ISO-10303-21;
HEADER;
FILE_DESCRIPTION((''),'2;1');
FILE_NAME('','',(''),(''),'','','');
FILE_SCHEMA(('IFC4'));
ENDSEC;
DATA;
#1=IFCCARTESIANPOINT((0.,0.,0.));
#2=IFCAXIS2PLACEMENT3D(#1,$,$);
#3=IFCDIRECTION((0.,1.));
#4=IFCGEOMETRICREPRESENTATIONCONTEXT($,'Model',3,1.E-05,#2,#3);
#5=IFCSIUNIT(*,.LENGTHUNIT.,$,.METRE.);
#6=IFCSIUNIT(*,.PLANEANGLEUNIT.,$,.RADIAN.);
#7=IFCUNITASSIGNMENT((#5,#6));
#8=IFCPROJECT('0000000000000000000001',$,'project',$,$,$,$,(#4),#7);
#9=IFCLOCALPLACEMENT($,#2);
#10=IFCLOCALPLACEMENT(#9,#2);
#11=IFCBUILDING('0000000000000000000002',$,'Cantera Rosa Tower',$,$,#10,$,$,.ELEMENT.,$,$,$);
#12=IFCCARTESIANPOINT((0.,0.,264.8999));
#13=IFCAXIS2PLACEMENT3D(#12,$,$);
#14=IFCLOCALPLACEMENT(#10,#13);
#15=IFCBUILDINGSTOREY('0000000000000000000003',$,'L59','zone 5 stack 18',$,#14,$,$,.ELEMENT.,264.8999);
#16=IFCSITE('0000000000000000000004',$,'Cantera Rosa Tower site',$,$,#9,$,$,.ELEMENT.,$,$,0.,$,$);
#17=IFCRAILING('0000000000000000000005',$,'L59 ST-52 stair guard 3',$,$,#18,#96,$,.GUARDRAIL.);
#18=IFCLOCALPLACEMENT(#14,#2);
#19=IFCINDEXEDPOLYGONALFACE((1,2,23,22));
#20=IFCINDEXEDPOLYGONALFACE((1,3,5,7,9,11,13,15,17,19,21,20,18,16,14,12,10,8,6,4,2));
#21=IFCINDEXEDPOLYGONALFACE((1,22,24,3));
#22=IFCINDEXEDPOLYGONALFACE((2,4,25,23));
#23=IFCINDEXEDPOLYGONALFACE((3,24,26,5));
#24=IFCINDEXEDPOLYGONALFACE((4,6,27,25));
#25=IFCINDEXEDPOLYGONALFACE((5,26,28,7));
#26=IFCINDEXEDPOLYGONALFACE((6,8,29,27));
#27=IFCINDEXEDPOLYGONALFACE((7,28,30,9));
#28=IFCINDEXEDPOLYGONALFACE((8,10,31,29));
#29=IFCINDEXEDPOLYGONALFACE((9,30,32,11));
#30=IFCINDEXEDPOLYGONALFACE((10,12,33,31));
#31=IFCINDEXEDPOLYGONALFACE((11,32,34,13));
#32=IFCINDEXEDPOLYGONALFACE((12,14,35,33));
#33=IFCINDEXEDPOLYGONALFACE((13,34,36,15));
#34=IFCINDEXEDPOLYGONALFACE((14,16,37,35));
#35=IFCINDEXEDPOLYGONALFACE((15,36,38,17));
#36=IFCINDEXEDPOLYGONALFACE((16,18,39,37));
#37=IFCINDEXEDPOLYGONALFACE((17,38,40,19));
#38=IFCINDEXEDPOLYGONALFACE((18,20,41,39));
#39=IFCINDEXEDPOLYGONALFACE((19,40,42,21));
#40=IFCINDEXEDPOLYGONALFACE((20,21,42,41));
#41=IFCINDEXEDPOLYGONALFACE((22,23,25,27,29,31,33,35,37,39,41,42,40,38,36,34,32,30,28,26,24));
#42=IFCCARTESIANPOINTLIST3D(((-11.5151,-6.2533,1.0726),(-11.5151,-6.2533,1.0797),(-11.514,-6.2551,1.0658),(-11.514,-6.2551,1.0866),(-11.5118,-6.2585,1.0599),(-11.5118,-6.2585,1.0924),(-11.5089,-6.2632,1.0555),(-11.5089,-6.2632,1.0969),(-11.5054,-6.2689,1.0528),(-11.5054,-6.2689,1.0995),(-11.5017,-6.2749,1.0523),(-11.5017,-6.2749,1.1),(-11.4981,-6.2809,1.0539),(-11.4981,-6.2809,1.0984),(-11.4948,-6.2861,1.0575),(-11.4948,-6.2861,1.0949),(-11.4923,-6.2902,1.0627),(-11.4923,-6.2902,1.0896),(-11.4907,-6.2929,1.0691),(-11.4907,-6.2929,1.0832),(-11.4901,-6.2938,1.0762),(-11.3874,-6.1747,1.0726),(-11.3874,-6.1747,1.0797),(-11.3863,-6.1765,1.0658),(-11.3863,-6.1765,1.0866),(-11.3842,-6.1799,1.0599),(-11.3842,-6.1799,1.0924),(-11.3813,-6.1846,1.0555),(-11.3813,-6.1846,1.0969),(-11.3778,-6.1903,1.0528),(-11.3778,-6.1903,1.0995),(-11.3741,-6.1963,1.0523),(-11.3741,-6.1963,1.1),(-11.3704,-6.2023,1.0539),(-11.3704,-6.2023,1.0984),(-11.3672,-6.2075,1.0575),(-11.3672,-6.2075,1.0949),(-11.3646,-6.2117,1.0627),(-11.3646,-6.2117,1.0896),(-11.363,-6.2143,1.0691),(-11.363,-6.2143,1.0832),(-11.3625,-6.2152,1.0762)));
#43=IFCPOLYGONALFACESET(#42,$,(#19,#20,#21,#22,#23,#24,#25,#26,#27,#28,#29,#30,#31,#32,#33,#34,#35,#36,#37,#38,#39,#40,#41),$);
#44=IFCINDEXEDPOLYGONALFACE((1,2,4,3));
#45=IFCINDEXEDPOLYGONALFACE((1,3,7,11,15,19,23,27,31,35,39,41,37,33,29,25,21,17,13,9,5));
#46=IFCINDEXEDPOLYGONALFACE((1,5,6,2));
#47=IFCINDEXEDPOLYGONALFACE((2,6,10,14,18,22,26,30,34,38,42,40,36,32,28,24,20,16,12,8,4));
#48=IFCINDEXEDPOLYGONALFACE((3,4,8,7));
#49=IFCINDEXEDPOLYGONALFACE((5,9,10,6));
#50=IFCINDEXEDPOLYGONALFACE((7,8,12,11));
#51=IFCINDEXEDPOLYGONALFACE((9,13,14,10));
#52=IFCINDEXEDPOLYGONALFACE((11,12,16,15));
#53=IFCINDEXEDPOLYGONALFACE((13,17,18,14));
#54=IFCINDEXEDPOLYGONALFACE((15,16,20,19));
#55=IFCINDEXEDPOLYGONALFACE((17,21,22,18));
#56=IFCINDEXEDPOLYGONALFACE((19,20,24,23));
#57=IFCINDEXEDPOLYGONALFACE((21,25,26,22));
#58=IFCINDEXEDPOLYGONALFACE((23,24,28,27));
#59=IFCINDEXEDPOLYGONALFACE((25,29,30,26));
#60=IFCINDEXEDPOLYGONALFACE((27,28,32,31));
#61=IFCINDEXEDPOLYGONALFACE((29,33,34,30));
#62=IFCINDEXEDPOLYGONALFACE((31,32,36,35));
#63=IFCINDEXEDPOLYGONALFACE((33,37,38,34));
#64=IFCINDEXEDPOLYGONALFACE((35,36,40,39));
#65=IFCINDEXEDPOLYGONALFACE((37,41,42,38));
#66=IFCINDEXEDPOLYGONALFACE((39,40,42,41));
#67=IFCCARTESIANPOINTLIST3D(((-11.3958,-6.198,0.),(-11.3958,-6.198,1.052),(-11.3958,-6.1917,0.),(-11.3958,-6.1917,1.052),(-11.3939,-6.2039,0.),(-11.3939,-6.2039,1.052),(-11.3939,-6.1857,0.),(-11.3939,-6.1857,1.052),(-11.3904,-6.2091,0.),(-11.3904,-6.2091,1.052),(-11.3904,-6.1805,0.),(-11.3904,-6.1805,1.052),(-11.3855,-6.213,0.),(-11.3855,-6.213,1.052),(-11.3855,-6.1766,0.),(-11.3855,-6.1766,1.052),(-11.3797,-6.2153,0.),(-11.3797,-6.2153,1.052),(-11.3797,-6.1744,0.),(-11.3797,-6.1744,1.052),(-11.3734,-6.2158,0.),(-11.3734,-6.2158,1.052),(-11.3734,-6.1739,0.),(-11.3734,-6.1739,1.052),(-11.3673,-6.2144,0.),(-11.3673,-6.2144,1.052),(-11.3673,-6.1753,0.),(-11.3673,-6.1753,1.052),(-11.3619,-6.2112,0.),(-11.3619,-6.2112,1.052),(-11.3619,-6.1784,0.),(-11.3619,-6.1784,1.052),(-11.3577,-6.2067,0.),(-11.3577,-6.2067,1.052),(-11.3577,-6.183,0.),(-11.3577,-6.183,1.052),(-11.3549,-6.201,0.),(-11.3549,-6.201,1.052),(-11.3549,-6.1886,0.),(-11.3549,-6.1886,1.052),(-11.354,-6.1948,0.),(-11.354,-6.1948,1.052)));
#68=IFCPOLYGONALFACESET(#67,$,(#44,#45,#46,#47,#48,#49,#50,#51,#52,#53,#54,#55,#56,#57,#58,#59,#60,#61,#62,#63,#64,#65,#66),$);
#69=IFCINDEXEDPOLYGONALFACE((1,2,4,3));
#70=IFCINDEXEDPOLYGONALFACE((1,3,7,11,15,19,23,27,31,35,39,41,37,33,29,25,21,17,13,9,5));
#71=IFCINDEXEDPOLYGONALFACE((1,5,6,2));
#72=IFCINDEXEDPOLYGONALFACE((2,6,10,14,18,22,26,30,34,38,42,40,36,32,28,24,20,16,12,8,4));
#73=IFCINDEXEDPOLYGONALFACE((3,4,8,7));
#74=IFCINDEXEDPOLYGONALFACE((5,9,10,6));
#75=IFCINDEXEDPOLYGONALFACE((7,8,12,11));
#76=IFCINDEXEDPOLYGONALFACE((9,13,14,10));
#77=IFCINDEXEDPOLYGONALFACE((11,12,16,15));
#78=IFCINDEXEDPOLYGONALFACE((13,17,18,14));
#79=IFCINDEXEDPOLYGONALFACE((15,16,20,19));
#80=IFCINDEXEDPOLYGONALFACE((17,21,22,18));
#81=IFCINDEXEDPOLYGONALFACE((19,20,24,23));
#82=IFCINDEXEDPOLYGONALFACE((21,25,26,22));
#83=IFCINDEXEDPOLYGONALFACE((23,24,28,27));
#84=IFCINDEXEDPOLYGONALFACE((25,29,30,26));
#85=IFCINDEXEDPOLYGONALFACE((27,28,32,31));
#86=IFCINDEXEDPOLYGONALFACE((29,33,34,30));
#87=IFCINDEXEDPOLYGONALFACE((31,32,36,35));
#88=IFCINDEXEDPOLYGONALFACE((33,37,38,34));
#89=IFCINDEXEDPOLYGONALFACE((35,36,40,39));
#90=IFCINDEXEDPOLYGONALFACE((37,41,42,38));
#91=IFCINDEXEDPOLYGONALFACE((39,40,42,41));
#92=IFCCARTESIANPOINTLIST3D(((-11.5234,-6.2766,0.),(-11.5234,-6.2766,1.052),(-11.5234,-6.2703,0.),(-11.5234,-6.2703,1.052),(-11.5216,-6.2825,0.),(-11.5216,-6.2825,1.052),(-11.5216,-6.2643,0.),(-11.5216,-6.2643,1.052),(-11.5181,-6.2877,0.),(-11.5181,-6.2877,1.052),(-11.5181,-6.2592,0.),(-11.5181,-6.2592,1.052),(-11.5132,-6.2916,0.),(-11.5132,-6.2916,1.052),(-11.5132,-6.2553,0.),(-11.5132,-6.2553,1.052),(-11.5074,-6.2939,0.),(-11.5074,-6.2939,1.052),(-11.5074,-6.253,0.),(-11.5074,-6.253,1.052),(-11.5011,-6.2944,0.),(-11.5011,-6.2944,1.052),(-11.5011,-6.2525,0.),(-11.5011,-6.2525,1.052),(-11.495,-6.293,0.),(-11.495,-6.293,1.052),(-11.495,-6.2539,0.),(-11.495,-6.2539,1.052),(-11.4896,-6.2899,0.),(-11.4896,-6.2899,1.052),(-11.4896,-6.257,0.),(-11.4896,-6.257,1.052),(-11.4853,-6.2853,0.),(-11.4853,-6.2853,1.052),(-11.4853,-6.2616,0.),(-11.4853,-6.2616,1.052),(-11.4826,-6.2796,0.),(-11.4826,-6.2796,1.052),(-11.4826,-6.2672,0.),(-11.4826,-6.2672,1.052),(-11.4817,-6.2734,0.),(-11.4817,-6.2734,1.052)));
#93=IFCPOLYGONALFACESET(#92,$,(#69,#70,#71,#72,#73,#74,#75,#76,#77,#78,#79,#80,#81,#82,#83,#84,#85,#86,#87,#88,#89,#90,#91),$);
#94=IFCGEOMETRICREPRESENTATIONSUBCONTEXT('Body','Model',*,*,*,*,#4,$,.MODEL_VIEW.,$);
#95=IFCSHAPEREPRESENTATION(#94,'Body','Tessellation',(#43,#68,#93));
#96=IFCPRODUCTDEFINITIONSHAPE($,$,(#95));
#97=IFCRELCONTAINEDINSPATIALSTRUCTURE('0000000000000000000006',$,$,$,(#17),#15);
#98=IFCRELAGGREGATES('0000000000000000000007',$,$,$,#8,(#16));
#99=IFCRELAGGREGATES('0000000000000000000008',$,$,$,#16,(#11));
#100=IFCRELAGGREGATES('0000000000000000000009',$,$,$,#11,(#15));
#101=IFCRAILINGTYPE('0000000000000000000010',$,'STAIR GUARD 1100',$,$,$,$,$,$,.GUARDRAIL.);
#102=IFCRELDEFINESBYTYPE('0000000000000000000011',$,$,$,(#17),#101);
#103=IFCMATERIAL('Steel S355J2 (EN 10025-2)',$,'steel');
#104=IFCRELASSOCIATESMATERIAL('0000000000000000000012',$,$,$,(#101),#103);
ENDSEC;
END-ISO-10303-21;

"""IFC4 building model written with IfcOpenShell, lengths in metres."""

from ifc_helpers import new_model, si_unit, direction, frame, origin, origin_2d, place, context, subcontext, project, spatial, circle, extrude, material, type_object, element, save


model = new_model("IFC4")

# Units and contexts
model_context = context("Model", 3, precision=1e-05, world=origin(), true_north=direction((0.0, 1.0)))
body_context = subcontext(model_context, "Body", "Model", "MODEL_VIEW")
ifc_project = project(units=[si_unit("LENGTHUNIT", "METRE"), si_unit("PLANEANGLEUNIT", "RADIAN")], contexts=[model_context])

# Site, building, storey
site_placement = place(None, origin())
site = spatial("IfcSite", under=ifc_project, at=site_placement, Name="Cantera Rosa Tower site", CompositionType="ELEMENT", RefElevation=0.0)
building_placement = place(site_placement, origin())
building = spatial("IfcBuilding", under=site, at=building_placement, Name="Cantera Rosa Tower", CompositionType="ELEMENT")
storey_placement = place(building_placement, frame((0.0, 0.0, 264.8999)))
storey = spatial("IfcBuildingStorey", under=building, at=storey_placement, Name="L59", Description="zone 5 stack 18", CompositionType="ELEMENT", Elevation=264.8999)

# Railing
ifc_material_1 = material(Name="Steel S355J2 (EN 10025-2)", Category="steel")
railing_type_1 = type_object("IfcRailingType", Name="STAIR GUARD 1100", PredefinedType="GUARDRAIL", material=ifc_material_1)
railing_1_placement = place(storey_placement, frame((-11.375, -6.1948, 0.0)))
element("IfcRailing", 1, at=railing_1_placement, inside=storey, type_object=railing_type_1, Name="L59 ST-52 stair guard 3", PredefinedType="GUARDRAIL", context=body_context, shape_type="SweptSolid", body=[
    extrude(circle(Radius=0.0239, at=origin_2d()), frame((0.0, 0.0, 1.0762), z_axis=(-0.851546, -0.524279, 0.0), x_axis=(0.524279, -0.851546, 0.0)), (0.0, 0.0, 1.0), 0.1499),
    extrude(circle(Radius=0.021, at=origin_2d()), origin(), (0.0, 0.0, 1.0), 1.052),
    extrude(circle(Radius=0.021, at=origin_2d()), frame((-0.1277, -0.0786, 0.0)), (0.0, 0.0, 1.0), 1.052),
])

save(model, "model.ifc")
